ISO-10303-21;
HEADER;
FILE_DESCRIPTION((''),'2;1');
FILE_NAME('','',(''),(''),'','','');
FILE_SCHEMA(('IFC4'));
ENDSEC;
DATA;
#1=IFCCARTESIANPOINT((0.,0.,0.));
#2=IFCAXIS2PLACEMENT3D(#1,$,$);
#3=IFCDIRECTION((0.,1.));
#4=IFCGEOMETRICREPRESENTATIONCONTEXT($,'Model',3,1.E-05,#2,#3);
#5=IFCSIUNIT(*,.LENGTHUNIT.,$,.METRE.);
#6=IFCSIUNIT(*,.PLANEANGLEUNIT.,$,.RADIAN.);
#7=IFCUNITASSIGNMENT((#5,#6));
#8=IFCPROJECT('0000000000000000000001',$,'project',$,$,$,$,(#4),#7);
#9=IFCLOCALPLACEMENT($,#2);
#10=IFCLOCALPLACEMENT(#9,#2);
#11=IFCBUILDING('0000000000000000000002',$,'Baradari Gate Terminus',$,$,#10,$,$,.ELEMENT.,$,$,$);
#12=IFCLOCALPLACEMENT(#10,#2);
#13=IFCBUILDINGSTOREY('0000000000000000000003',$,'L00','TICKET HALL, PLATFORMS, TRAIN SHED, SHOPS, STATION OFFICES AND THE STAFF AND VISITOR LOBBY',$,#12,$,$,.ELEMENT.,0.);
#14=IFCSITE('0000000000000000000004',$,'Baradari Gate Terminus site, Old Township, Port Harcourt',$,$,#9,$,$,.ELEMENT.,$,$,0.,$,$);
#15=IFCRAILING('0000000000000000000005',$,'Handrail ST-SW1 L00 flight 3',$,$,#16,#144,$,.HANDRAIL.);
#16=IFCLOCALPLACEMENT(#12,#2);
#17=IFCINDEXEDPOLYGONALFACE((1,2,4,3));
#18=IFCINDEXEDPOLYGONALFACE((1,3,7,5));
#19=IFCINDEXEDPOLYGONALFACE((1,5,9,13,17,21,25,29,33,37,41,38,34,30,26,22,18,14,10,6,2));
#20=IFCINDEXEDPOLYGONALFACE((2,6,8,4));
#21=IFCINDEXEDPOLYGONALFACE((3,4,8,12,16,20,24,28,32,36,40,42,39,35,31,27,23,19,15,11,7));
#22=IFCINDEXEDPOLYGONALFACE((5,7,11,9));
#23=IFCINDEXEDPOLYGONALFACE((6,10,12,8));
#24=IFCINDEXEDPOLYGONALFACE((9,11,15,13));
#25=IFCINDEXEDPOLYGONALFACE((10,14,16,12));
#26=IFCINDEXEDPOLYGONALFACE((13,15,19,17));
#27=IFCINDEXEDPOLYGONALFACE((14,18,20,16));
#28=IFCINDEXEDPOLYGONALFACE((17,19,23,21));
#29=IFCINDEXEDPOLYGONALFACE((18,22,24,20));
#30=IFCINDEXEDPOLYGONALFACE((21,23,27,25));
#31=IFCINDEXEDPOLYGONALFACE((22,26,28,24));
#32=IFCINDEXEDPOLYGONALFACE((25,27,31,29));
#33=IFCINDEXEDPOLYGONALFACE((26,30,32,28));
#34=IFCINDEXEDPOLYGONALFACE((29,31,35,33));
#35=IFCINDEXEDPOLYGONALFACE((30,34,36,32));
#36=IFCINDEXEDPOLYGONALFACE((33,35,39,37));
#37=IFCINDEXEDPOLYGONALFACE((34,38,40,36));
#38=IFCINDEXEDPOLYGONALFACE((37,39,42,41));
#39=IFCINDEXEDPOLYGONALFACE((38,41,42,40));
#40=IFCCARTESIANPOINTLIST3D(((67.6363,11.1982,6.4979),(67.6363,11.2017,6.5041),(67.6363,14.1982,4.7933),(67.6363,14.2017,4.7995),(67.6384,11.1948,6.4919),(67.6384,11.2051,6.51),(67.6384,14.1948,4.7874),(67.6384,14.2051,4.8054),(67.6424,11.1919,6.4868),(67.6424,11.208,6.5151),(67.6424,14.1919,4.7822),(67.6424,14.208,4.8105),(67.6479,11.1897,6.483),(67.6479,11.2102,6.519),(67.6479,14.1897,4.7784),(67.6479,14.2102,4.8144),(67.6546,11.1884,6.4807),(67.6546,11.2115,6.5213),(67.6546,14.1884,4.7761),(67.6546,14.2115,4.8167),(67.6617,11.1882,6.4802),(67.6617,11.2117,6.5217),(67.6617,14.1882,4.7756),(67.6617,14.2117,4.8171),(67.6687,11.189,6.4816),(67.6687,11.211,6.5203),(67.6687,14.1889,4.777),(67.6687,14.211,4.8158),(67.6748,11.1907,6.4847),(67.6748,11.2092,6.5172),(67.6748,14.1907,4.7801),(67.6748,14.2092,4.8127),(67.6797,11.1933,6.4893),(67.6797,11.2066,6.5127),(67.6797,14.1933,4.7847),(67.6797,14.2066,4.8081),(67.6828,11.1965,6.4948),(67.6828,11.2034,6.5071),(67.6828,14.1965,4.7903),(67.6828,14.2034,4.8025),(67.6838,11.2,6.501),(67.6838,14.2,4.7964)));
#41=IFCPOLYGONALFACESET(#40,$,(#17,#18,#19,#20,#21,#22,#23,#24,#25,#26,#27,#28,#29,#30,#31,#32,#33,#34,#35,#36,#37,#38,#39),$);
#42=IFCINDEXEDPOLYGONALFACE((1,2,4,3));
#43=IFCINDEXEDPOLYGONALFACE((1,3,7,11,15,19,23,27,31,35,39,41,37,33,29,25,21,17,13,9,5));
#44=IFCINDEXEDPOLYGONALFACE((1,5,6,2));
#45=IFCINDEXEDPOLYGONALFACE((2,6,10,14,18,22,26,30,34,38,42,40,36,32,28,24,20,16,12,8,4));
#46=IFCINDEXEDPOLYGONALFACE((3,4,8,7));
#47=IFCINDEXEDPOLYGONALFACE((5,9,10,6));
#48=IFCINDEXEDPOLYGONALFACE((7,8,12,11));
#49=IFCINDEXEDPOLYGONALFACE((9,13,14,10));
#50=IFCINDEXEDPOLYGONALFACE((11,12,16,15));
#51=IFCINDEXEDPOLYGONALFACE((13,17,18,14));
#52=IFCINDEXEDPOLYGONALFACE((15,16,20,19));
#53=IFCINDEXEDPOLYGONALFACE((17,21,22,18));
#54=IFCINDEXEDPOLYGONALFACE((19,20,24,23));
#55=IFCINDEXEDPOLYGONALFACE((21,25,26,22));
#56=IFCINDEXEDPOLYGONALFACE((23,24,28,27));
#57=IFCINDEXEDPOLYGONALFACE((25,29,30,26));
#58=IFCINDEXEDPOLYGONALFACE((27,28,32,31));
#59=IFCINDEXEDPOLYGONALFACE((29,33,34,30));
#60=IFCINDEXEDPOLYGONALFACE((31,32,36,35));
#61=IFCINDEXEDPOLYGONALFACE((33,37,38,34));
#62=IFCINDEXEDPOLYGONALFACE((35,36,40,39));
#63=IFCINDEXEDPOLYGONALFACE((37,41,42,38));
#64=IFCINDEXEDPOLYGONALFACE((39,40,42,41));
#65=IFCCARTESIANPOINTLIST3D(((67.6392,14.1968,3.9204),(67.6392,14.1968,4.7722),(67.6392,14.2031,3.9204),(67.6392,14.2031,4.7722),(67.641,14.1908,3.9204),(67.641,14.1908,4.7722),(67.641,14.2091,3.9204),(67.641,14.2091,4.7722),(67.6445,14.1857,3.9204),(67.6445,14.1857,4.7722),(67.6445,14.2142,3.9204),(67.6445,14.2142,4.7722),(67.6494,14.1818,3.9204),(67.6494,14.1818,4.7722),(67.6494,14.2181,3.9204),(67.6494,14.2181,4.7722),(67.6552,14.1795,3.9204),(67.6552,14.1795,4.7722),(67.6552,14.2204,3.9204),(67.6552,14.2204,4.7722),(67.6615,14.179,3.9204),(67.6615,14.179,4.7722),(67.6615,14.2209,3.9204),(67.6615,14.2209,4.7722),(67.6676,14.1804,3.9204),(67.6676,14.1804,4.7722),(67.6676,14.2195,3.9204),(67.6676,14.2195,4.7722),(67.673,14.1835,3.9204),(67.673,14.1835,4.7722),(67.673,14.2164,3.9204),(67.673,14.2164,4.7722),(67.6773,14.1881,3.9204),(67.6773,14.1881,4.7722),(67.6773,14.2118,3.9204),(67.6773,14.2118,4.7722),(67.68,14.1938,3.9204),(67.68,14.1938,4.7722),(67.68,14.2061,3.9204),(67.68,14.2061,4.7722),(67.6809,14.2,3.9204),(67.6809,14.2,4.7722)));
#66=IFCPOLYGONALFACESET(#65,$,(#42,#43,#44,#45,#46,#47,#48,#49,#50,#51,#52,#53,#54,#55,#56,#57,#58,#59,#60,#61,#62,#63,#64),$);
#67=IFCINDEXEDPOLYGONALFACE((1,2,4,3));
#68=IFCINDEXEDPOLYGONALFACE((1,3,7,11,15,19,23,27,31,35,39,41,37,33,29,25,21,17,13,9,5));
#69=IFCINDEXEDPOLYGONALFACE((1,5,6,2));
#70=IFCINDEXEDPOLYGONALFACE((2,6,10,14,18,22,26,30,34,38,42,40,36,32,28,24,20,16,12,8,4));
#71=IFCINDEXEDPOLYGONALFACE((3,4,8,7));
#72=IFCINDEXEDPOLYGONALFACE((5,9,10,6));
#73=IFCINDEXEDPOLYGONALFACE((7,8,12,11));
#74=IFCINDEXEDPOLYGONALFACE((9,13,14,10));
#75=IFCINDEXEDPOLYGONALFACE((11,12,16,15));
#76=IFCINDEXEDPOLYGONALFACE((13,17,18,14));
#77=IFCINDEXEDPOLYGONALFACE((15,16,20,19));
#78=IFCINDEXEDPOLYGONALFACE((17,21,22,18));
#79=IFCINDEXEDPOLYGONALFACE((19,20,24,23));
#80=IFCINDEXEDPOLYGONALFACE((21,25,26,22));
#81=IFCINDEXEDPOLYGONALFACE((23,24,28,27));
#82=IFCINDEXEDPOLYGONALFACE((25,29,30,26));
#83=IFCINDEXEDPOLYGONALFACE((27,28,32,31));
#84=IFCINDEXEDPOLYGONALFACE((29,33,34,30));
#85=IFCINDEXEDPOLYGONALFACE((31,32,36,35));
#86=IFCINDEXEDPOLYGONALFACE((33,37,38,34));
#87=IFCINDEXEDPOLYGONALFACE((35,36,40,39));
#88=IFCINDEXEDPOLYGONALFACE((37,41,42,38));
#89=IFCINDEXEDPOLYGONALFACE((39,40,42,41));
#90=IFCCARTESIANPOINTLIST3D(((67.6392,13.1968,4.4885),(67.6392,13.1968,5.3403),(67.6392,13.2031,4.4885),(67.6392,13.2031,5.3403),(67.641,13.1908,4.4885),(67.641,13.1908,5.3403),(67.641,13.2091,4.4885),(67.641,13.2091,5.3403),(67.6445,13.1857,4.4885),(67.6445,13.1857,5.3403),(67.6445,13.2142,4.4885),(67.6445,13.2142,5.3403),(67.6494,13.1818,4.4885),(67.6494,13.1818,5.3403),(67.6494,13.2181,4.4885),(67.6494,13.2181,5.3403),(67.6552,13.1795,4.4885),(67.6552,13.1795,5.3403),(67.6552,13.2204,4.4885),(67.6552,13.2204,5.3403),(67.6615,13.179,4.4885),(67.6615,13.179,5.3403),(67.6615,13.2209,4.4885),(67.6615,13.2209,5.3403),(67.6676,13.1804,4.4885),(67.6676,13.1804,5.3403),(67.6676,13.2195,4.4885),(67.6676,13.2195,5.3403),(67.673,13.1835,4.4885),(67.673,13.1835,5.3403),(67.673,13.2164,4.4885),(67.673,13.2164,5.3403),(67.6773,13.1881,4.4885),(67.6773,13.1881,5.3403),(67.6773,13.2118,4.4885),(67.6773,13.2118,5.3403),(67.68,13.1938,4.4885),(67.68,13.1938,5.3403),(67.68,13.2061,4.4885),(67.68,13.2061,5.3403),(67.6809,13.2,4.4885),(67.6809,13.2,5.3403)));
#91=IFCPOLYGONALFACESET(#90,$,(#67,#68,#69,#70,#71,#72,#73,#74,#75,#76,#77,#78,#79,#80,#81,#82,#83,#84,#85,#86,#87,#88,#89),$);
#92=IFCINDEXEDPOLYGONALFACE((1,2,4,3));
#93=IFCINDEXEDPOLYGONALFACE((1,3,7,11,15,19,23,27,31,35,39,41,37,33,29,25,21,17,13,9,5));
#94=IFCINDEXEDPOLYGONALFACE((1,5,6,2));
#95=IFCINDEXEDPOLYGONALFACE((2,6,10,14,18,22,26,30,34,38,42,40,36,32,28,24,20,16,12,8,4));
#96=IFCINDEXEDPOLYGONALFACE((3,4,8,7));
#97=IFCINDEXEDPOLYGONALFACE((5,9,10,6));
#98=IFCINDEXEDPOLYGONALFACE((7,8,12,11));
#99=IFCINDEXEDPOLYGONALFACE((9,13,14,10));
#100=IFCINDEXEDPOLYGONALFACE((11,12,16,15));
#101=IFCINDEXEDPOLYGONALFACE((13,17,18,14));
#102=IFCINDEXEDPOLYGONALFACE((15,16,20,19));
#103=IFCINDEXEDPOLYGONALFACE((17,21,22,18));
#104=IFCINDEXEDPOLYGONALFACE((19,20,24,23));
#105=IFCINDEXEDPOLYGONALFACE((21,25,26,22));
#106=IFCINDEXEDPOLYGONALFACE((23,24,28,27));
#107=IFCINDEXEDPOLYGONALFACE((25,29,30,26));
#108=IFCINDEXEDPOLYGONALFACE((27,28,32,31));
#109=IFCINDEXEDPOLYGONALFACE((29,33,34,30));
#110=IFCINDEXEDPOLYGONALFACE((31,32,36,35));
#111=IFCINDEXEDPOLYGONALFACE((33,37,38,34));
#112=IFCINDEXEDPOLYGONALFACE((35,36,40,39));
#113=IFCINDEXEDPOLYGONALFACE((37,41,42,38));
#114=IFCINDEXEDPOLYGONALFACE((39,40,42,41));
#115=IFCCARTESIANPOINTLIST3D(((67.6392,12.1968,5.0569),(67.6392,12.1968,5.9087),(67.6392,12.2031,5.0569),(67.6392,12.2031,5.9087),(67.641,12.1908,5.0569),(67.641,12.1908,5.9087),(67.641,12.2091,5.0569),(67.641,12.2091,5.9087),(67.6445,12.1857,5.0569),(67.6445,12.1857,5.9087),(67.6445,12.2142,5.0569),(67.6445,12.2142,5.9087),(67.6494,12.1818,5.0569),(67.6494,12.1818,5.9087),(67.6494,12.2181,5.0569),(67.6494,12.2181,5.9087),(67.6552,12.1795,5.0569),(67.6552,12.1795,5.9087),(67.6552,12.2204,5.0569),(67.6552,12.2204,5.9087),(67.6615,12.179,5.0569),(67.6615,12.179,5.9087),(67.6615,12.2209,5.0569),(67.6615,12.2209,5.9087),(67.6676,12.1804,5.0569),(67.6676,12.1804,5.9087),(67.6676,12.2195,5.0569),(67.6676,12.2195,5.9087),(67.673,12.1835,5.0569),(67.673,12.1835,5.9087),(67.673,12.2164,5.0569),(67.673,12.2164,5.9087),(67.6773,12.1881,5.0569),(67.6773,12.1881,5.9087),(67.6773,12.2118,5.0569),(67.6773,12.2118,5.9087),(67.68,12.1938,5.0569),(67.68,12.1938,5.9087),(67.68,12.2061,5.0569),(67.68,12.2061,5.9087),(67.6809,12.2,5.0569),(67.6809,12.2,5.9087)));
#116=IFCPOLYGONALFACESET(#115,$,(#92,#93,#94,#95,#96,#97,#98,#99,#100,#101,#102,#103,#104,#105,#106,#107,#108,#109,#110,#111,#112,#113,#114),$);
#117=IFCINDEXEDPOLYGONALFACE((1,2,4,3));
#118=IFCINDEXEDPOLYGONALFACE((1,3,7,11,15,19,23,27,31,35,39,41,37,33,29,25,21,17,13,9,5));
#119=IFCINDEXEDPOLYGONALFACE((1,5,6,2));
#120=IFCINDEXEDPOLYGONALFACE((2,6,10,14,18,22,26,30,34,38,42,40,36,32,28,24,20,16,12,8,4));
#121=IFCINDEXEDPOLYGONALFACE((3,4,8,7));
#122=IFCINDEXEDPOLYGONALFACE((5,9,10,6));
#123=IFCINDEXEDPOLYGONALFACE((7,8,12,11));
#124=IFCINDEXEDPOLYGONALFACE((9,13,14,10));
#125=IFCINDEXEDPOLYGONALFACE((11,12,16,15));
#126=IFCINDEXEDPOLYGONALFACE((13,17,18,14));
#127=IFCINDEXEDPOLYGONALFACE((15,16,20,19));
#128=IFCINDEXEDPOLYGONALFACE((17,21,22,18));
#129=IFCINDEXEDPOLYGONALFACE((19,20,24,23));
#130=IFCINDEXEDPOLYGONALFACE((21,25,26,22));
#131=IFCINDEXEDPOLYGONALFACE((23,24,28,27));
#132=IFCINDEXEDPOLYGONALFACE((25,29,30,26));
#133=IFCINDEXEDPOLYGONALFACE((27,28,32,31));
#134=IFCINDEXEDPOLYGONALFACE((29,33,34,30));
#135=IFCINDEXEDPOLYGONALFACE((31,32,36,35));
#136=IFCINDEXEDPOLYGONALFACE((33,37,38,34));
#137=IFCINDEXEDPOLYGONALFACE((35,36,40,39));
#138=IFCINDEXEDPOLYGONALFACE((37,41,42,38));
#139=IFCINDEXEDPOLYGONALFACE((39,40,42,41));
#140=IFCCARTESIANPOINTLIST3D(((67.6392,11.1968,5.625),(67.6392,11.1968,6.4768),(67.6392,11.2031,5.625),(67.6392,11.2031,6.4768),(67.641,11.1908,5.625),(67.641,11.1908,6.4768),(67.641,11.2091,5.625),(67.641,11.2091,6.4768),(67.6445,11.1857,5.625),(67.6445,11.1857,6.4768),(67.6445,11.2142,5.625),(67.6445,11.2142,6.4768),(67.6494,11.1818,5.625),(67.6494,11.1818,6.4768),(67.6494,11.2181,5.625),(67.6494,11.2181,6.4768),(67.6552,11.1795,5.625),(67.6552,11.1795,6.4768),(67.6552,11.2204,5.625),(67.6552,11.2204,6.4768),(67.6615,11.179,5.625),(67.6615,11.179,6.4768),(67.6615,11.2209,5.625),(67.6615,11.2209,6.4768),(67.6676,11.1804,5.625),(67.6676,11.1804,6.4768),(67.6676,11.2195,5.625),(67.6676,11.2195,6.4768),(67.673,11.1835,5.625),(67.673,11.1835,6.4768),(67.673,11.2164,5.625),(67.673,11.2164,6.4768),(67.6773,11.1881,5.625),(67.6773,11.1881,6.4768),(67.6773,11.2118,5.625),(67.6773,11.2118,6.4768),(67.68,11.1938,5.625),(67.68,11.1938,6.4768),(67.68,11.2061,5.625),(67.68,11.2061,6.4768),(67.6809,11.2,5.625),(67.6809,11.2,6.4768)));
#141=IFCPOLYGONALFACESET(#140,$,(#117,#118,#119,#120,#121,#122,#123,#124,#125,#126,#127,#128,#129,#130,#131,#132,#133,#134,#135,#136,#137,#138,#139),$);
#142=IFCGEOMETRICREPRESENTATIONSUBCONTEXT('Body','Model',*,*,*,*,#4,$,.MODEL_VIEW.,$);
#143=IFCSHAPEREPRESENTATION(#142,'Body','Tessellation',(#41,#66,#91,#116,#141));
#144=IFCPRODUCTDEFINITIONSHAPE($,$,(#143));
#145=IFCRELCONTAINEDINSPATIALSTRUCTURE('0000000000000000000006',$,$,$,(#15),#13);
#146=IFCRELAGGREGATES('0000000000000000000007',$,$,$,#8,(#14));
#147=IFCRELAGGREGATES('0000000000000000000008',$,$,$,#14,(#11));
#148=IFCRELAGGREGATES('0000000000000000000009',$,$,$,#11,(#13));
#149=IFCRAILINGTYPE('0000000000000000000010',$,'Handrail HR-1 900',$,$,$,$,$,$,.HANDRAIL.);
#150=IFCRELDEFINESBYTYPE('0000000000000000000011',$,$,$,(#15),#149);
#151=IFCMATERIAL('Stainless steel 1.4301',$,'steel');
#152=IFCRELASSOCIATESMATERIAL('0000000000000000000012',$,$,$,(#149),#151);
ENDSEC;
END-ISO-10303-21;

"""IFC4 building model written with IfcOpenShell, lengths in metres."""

from ifc_helpers import new_model, si_unit, direction, frame, origin, origin_2d, place, context, subcontext, project, spatial, circle, extrude, material, type_object, element, save


model = new_model("IFC4")

# Units and contexts
model_context = context("Model", 3, precision=1e-05, world=origin(), true_north=direction((0.0, 1.0)))
body_context = subcontext(model_context, "Body", "Model", "MODEL_VIEW")
ifc_project = project(units=[si_unit("LENGTHUNIT", "METRE"), si_unit("PLANEANGLEUNIT", "RADIAN")], contexts=[model_context])

# Site, building, storey
site_placement = place(None, origin())
site = spatial("IfcSite", under=ifc_project, at=site_placement, Name="Baradari Gate Terminus site, Old Township, Port Harcourt", CompositionType="ELEMENT", RefElevation=0.0)
building_placement = place(site_placement, origin())
building = spatial("IfcBuilding", under=site, at=building_placement, Name="Baradari Gate Terminus", CompositionType="ELEMENT")
storey_placement = place(building_placement, origin())
storey = spatial("IfcBuildingStorey", under=building, at=storey_placement, Name="L00", Description="TICKET HALL, PLATFORMS, TRAIN SHED, SHOPS, STATION OFFICES AND THE STAFF AND VISITOR LOBBY", CompositionType="ELEMENT", Elevation=0.0)

# Railing
ifc_material_1 = material(Name="Stainless steel 1.4301", Category="steel")
railing_type = type_object("IfcRailingType", Name="Handrail HR-1 900", PredefinedType="HANDRAIL", material=ifc_material_1)
railing_1_placement = place(storey_placement, frame((67.6599, 14.2, 3.9204)))
element("IfcRailing", 1, at=railing_1_placement, inside=storey, type_object=railing_type, Name="Handrail ST-SW1 L00 flight 3", PredefinedType="HANDRAIL", context=body_context, shape_type="SweptSolid", body=[
    extrude(circle(Radius=0.0239, at=origin_2d()), frame((0.0, 0.0, 0.876), z_axis=(0.0, -0.869451, 0.494019), x_axis=(1.0, 0.0, 0.0)), (0.0, 0.0, 1.0), 3.4504),
    extrude(circle(Radius=0.021, at=origin_2d()), origin(), (0.0, 0.0, 1.0), 0.8518),
    extrude(circle(Radius=0.021, at=origin_2d()), frame((0.0, -1.0, 0.5681)), (0.0, 0.0, 1.0), 0.8518),
    extrude(circle(Radius=0.021, at=origin_2d()), frame((0.0, -2.0, 1.1365)), (0.0, 0.0, 1.0), 0.8518),
    extrude(circle(Radius=0.021, at=origin_2d()), frame((0.0, -3.0, 1.7046)), (0.0, 0.0, 1.0), 0.8518),
])

save(model, "model.ifc")
